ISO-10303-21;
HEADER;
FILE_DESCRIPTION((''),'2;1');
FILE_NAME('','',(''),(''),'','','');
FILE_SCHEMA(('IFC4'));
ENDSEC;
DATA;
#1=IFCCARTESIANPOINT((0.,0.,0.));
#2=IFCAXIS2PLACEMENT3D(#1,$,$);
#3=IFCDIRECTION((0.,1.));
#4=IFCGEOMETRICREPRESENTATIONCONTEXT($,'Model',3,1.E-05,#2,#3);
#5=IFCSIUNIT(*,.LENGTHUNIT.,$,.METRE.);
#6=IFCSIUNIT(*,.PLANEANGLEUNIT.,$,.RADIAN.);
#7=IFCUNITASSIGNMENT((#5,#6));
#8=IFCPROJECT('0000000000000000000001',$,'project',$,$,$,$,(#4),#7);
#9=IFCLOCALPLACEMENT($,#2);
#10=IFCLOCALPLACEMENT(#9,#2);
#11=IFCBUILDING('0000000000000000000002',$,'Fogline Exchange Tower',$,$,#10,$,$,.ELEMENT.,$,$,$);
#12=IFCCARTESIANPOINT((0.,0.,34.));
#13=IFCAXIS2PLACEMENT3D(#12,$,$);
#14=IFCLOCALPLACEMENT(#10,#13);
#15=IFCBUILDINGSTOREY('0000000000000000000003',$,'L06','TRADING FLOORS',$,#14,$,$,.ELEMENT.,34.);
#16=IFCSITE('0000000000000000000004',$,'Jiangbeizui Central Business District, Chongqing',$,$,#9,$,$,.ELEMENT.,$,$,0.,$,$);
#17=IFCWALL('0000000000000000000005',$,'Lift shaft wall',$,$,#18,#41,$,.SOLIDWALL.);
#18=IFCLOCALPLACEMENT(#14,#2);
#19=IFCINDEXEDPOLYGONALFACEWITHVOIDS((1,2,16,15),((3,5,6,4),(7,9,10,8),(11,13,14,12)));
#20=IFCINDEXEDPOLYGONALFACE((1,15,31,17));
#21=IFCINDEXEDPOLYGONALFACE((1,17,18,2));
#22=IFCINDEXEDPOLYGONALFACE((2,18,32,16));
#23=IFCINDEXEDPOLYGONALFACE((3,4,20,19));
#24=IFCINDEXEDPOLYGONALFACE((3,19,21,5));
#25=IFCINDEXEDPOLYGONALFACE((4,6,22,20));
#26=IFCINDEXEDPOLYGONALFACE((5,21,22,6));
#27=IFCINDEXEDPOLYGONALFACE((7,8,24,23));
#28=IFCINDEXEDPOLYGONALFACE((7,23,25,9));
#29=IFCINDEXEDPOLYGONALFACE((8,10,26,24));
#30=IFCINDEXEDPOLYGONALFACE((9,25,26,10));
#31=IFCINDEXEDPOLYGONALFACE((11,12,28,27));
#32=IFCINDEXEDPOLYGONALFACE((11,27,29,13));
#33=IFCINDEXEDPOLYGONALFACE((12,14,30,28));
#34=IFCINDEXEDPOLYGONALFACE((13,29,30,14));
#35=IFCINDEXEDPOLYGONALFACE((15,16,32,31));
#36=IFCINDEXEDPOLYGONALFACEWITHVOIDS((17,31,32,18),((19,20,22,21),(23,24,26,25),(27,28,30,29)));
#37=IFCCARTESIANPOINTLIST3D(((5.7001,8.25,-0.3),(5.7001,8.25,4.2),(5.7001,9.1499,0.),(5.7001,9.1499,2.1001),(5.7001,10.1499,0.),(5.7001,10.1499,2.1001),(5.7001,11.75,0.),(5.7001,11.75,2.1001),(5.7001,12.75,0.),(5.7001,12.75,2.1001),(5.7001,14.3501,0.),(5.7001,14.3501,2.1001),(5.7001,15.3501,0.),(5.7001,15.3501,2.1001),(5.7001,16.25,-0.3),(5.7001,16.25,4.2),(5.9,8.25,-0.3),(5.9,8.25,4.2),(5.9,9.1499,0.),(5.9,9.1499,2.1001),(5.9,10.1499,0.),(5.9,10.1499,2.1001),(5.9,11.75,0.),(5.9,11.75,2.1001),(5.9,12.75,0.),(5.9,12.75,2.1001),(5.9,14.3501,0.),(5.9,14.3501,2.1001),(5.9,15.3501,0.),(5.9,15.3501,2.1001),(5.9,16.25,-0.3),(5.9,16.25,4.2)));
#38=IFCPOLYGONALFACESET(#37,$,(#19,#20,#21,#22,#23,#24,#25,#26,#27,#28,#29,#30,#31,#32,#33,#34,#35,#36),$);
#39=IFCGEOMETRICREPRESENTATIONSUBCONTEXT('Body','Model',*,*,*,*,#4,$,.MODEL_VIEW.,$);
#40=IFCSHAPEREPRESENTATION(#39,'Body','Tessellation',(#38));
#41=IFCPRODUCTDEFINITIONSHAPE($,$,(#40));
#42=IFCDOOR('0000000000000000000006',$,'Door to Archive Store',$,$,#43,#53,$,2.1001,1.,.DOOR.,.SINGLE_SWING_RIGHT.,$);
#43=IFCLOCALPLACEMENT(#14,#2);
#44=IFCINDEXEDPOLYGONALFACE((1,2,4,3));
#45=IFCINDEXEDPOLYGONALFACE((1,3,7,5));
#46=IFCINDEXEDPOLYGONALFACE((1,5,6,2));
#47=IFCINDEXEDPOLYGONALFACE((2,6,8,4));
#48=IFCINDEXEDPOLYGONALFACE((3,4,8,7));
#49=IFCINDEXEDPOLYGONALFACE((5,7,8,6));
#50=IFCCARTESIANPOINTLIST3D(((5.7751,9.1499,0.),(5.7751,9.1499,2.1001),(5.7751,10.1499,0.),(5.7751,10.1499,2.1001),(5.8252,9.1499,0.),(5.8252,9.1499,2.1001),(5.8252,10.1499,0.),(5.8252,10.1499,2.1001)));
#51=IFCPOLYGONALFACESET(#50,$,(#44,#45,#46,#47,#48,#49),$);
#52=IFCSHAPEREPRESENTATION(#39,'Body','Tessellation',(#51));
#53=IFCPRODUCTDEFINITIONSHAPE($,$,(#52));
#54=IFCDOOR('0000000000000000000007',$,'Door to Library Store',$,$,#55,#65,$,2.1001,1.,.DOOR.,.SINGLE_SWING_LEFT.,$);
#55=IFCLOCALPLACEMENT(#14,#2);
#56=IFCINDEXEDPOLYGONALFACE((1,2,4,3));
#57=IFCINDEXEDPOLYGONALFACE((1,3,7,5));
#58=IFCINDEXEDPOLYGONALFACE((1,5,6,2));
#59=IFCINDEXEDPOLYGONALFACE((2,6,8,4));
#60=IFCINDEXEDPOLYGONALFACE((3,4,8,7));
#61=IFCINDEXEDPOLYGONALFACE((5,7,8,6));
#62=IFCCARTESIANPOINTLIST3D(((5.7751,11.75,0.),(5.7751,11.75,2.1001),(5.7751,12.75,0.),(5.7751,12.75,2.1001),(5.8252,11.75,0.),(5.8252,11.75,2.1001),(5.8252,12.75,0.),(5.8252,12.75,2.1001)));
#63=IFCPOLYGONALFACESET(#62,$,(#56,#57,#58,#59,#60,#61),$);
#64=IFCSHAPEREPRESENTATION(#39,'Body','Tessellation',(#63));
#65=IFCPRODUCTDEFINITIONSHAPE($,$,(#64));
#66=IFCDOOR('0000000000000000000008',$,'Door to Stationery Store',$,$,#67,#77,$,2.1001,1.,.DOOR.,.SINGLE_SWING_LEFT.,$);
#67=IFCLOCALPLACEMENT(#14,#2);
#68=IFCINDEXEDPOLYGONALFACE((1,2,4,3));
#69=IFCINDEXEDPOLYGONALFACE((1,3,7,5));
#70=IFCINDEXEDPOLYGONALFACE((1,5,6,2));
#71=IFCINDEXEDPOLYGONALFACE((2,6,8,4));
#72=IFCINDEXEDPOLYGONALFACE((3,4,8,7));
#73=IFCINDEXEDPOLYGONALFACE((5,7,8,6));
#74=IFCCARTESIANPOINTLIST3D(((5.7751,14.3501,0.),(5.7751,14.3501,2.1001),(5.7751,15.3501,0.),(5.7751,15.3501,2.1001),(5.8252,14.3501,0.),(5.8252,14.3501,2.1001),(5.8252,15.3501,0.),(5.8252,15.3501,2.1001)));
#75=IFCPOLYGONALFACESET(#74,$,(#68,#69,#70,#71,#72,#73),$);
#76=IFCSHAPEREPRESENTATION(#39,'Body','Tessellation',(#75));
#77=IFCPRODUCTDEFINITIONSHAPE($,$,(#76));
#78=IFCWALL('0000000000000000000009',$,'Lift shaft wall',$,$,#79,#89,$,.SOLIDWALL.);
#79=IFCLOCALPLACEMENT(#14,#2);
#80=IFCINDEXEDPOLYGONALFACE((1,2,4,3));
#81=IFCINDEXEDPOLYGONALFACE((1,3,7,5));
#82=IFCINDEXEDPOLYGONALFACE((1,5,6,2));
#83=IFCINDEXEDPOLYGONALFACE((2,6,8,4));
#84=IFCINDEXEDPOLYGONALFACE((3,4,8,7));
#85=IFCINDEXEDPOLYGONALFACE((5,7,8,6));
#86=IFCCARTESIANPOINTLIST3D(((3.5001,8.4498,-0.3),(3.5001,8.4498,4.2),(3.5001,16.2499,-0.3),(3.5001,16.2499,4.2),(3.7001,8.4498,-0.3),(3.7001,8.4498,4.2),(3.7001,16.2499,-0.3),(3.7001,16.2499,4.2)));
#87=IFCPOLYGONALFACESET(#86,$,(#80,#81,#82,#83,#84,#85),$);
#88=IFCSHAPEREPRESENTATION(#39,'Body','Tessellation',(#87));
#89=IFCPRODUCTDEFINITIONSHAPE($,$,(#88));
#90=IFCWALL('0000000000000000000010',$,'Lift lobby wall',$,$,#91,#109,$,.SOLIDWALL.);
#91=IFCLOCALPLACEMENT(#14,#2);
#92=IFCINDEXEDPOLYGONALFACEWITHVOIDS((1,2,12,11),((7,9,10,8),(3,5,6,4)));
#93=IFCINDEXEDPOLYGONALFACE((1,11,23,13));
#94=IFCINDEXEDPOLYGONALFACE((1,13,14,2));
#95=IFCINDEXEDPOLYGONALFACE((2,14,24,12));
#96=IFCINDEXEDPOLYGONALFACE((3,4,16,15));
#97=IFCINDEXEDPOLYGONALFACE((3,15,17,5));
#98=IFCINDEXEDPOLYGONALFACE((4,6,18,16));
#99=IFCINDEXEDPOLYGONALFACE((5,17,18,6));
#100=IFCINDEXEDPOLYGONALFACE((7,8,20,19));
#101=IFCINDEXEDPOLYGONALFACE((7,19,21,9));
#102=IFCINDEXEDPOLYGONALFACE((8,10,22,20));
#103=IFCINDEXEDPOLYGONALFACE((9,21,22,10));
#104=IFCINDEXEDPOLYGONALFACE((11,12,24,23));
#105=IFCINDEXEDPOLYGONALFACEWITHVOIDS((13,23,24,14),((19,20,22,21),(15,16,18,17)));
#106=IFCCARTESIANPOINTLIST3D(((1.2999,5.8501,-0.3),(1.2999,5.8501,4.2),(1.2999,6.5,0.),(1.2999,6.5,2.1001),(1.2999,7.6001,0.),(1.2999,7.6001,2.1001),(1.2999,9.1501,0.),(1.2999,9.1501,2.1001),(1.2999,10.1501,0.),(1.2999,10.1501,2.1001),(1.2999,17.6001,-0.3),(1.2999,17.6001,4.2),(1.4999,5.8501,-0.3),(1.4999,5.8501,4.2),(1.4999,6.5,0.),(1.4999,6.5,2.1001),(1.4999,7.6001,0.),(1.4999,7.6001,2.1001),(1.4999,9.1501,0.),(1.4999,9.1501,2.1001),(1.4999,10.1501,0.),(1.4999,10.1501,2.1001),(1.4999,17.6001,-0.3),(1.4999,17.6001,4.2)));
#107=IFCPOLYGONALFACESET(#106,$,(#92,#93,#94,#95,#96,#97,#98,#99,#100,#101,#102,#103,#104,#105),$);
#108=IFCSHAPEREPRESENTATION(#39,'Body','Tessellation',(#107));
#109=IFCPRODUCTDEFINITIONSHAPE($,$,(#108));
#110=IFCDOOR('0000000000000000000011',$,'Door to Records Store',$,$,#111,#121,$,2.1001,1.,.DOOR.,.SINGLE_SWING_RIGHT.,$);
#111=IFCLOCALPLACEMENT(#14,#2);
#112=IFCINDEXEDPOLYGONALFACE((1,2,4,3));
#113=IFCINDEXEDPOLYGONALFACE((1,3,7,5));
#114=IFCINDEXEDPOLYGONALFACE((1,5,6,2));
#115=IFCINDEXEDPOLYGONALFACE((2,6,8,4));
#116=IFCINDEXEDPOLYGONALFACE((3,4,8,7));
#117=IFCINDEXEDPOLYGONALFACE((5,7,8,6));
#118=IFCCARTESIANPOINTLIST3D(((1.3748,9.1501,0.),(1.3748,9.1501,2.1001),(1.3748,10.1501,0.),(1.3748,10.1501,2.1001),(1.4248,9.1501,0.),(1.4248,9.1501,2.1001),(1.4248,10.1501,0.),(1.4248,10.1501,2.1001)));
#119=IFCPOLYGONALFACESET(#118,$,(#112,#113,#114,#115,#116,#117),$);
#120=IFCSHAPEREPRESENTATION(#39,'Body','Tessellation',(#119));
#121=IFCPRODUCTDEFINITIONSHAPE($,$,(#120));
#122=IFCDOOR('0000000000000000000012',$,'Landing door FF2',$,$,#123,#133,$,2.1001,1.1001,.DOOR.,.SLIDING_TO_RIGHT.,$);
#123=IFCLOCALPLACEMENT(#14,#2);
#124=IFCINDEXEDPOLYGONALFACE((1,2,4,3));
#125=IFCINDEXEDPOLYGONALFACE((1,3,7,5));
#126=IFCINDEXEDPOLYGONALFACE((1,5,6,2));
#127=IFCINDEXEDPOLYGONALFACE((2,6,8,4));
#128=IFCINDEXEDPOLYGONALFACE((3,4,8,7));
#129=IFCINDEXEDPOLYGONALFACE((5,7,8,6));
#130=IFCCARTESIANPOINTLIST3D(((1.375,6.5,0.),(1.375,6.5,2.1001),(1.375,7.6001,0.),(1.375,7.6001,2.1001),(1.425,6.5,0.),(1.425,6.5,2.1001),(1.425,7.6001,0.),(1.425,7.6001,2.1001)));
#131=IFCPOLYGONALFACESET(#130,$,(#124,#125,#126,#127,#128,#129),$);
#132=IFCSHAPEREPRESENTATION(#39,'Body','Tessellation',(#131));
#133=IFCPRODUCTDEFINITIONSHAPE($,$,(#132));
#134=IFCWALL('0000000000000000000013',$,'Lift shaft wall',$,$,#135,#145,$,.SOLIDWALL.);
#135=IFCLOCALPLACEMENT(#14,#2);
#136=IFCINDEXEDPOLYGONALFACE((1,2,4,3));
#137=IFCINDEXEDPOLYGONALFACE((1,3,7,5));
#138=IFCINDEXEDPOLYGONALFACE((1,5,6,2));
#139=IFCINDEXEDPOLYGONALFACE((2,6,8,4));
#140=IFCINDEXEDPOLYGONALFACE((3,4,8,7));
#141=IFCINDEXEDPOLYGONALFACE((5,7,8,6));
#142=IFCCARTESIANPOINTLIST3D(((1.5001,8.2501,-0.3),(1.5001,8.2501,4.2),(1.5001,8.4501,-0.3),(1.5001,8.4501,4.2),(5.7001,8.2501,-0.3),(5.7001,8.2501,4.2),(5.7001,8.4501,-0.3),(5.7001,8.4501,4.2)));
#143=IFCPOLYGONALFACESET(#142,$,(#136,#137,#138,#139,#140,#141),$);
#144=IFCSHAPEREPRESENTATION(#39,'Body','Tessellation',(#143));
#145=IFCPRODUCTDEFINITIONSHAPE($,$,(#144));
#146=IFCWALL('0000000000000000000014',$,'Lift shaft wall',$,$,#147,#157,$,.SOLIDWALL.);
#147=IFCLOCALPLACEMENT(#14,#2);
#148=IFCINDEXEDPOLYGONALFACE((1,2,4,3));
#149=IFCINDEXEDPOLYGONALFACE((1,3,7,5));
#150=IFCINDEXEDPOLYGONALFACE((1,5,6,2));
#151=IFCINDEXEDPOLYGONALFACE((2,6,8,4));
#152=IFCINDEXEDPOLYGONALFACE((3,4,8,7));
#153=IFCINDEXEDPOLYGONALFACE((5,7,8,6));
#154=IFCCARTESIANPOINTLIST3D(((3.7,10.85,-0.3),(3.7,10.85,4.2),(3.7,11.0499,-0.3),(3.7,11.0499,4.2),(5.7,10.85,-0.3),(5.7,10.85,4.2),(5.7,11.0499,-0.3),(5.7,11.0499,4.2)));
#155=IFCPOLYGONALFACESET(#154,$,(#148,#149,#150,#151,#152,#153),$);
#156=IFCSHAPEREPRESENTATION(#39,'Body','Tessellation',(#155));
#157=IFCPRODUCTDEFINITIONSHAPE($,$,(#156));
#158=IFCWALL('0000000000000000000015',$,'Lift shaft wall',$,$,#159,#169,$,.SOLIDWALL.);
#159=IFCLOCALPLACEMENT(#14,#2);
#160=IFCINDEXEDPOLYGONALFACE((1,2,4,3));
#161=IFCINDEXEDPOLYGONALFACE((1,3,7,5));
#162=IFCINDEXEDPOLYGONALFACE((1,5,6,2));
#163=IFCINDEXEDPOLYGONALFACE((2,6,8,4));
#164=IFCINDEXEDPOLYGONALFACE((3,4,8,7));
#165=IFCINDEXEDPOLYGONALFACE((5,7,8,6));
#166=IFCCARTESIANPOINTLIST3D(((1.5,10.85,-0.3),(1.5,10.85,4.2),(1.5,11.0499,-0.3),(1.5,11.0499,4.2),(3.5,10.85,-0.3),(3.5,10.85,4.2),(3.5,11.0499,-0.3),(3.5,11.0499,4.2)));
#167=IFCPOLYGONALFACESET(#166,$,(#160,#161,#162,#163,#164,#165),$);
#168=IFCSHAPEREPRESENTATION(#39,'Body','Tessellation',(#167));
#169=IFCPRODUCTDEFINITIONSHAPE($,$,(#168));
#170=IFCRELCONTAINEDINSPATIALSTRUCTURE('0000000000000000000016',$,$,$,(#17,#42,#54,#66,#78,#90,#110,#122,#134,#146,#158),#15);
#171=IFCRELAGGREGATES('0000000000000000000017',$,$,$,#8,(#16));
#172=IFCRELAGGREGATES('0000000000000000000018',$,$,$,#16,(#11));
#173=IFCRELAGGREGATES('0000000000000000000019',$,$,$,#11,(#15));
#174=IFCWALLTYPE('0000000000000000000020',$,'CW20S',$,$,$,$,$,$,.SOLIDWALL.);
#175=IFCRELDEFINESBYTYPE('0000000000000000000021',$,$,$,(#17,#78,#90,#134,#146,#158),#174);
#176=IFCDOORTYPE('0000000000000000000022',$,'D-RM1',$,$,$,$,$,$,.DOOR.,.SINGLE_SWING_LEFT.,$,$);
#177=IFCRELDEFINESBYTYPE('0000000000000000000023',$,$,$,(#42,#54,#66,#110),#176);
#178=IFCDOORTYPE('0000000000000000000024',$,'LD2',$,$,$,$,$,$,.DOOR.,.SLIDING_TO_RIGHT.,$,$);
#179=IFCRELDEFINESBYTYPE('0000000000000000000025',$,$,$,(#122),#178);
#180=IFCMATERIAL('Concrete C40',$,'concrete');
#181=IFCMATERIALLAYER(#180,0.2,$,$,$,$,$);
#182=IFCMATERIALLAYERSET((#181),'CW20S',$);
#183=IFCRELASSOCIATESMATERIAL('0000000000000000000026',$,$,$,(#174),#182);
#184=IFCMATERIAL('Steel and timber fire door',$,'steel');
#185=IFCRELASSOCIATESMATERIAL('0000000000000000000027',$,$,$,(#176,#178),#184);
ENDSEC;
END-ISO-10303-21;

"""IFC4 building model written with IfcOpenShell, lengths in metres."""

from ifc_helpers import new_model, si_unit, direction, frame, frame_2d, origin, place, context, subcontext, project, spatial, rectangle, extrude, material, layer, layer_set, type_object, element, fill, save


model = new_model("IFC4")

# Units and contexts
model_context = context("Model", 3, precision=1e-05, world=origin(), true_north=direction((0.0, 1.0)))
body_context = subcontext(model_context, "Body", "Model", "MODEL_VIEW")
ifc_project = project(units=[si_unit("LENGTHUNIT", "METRE"), si_unit("PLANEANGLEUNIT", "RADIAN")], contexts=[model_context])

# Site, building, storey
site_placement = place(None, origin())
site = spatial("IfcSite", under=ifc_project, at=site_placement, Name="Jiangbeizui Central Business District, Chongqing", CompositionType="ELEMENT", RefElevation=0.0)
building_placement = place(site_placement, origin())
building = spatial("IfcBuilding", under=site, at=building_placement, Name="Fogline Exchange Tower", CompositionType="ELEMENT")
storey_placement = place(building_placement, frame((0.0, 0.0, 34.0)))
storey = spatial("IfcBuildingStorey", under=building, at=storey_placement, Name="L06", Description="TRADING FLOORS", CompositionType="ELEMENT", Elevation=34.0)

# Shared definitions
ifc_material_1 = material(Name="Concrete C40", Category="concrete")

# Wall, openings, doors
ifc_layer_1 = layer(ifc_material_1, 0.2)
ifc_layer_set_1 = layer_set([ifc_layer_1], Name="CW20S")
wall_type_1 = type_object("IfcWallType", Name="CW20S", PredefinedType="SOLIDWALL", material=ifc_layer_set_1)
wall_1_placement = place(storey_placement, frame((5.8, 8.25, -0.3), z_axis=(0.0, 0.0, 1.0), x_axis=(0.0, 1.0, 0.0)))
wall_1 = element("IfcWall", 1, at=wall_1_placement, inside=storey, type_object=wall_type_1, Name="Lift shaft wall", PredefinedType="SOLIDWALL", context=body_context, shape_type="SweptSolid", body=[
    extrude(rectangle(XDim=8.0, YDim=0.2, at=frame_2d((4.0, 0.0))), origin(), (0.0, 0.0, 1.0), 4.5),
])
opening_1_placement = place(wall_1_placement, frame((0.8999, 0.0, 0.3)))
opening_1 = element("IfcOpeningElement", 2, at=opening_1_placement, cuts=wall_1, PredefinedType="OPENING", context=body_context, shape_type="SweptSolid", body=[
    extrude(rectangle(XDim=1.0, YDim=2.1001, at=frame_2d((0.5, 1.05))), frame((0.0, 0.1099, 0.0), z_axis=(0.0, -1.0, 0.0), x_axis=(1.0, 0.0, 0.0)), (0.0, 0.0, 1.0), 0.22),
])
opening_2_placement = place(wall_1_placement, frame((3.5, 0.0, 0.3)))
opening_2 = element("IfcOpeningElement", 3, at=opening_2_placement, cuts=wall_1, PredefinedType="OPENING", context=body_context, shape_type="SweptSolid", body=[
    extrude(rectangle(XDim=1.0, YDim=2.1001, at=frame_2d((0.5, 1.05))), frame((0.0, 0.1099, 0.0), z_axis=(0.0, -1.0, 0.0), x_axis=(1.0, 0.0, 0.0)), (0.0, 0.0, 1.0), 0.22),
])
opening_3_placement = place(wall_1_placement, frame((6.1001, 0.0, 0.3)))
opening_3 = element("IfcOpeningElement", 4, at=opening_3_placement, cuts=wall_1, PredefinedType="OPENING", context=body_context, shape_type="SweptSolid", body=[
    extrude(rectangle(XDim=1.0, YDim=2.1001, at=frame_2d((0.5, 1.05))), frame((0.0, 0.1099, 0.0), z_axis=(0.0, -1.0, 0.0), x_axis=(1.0, 0.0, 0.0)), (0.0, 0.0, 1.0), 0.22),
])
ifc_material_2 = material(Name="Steel and timber fire door", Category="steel")
door_type_1 = type_object("IfcDoorType", Name="D-RM1", OperationType="SINGLE_SWING_LEFT", PredefinedType="DOOR", material=ifc_material_2)
door_1_placement = place(opening_1_placement, origin())
door_1 = element("IfcDoor", 5, at=door_1_placement, inside=storey, type_object=door_type_1, Name="Door to Archive Store", OperationType="SINGLE_SWING_RIGHT", OverallHeight=2.1001, OverallWidth=1.0, PredefinedType="DOOR", context=body_context, shape_type="SweptSolid", body=[
    extrude(rectangle(XDim=1.0, YDim=2.1001, at=frame_2d((0.5, 1.05))), frame((0.0, 0.0249, 0.0), z_axis=(0.0, -1.0, 0.0), x_axis=(1.0, 0.0, 0.0)), (0.0, 0.0, 1.0), 0.05),
])
fill(opening_1, door_1)
door_2_placement = place(opening_2_placement, origin())
door_2 = element("IfcDoor", 6, at=door_2_placement, inside=storey, type_object=door_type_1, Name="Door to Library Store", OperationType="SINGLE_SWING_LEFT", OverallHeight=2.1001, OverallWidth=1.0, PredefinedType="DOOR", context=body_context, shape_type="SweptSolid", body=[
    extrude(rectangle(XDim=1.0, YDim=2.1001, at=frame_2d((0.5, 1.05))), frame((0.0, 0.0249, 0.0), z_axis=(0.0, -1.0, 0.0), x_axis=(1.0, 0.0, 0.0)), (0.0, 0.0, 1.0), 0.05),
])
fill(opening_2, door_2)
door_3_placement = place(opening_3_placement, origin())
door_3 = element("IfcDoor", 7, at=door_3_placement, inside=storey, type_object=door_type_1, Name="Door to Stationery Store", OperationType="SINGLE_SWING_LEFT", OverallHeight=2.1001, OverallWidth=1.0, PredefinedType="DOOR", context=body_context, shape_type="SweptSolid", body=[
    extrude(rectangle(XDim=1.0, YDim=2.1001, at=frame_2d((0.5, 1.05))), frame((0.0, 0.0249, 0.0), z_axis=(0.0, -1.0, 0.0), x_axis=(1.0, 0.0, 0.0)), (0.0, 0.0, 1.0), 0.05),
])
fill(opening_3, door_3)

# Wall
wall_2_placement = place(storey_placement, frame((3.6001, 8.45, -0.3), z_axis=(0.0, 0.0, 1.0), x_axis=(0.0, 1.0, 0.0)))
element("IfcWall", 8, at=wall_2_placement, inside=storey, type_object=wall_type_1, Name="Lift shaft wall", PredefinedType="SOLIDWALL", context=body_context, shape_type="SweptSolid", body=[
    extrude(rectangle(XDim=7.8, YDim=0.2, at=frame_2d((3.8999, 0.0))), origin(), (0.0, 0.0, 1.0), 4.5),
])

# Wall, openings, doors
wall_3_placement = place(storey_placement, frame((1.3999, 5.8501, -0.3), z_axis=(0.0, 0.0, 1.0), x_axis=(0.0, 1.0, 0.0)))
wall_3 = element("IfcWall", 9, at=wall_3_placement, inside=storey, type_object=wall_type_1, Name="Lift lobby wall", PredefinedType="SOLIDWALL", context=body_context, shape_type="SweptSolid", body=[
    extrude(rectangle(XDim=11.75, YDim=0.2, at=frame_2d((5.875, 0.0))), origin(), (0.0, 0.0, 1.0), 4.5),
])
opening_4_placement = place(wall_3_placement, frame((0.6499, 0.0, 0.3)))
opening_4 = element("IfcOpeningElement", 10, at=opening_4_placement, cuts=wall_3, PredefinedType="OPENING", context=body_context, shape_type="SweptSolid", body=[
    extrude(rectangle(XDim=1.1001, YDim=2.1001, at=frame_2d((0.55, 1.05))), frame((0.0, 0.1099, 0.0), z_axis=(0.0, -1.0, 0.0), x_axis=(1.0, 0.0, 0.0)), (0.0, 0.0, 1.0), 0.22),
])
opening_5_placement = place(wall_3_placement, frame((3.3, 0.0, 0.3)))
opening_5 = element("IfcOpeningElement", 11, at=opening_5_placement, cuts=wall_3, PredefinedType="OPENING", context=body_context, shape_type="SweptSolid", body=[
    extrude(rectangle(XDim=1.0, YDim=2.1001, at=frame_2d((0.5, 1.05))), frame((0.0, 0.1099, 0.0), z_axis=(0.0, -1.0, 0.0), x_axis=(1.0, 0.0, 0.0)), (0.0, 0.0, 1.0), 0.22),
])
door_4_placement = place(opening_5_placement, frame((1.0, 0.0, 0.0), z_axis=(0.0, 0.0, 1.0), x_axis=(-1.0, 0.0, 0.0)))
door_4 = element("IfcDoor", 12, at=door_4_placement, inside=storey, type_object=door_type_1, Name="Door to Records Store", OperationType="SINGLE_SWING_RIGHT", OverallHeight=2.1001, OverallWidth=1.0, PredefinedType="DOOR", context=body_context, shape_type="SweptSolid", body=[
    extrude(rectangle(XDim=1.0, YDim=2.1001, at=frame_2d((0.5, 1.05))), frame((0.0, 0.0249, 0.0), z_axis=(0.0, -1.0, 0.0), x_axis=(1.0, 0.0, 0.0)), (0.0, 0.0, 1.0), 0.05),
])
fill(opening_5, door_4)
door_type_2 = type_object("IfcDoorType", Name="LD2", OperationType="SLIDING_TO_RIGHT", PredefinedType="DOOR", material=ifc_material_2)
door_5_placement = place(opening_4_placement, origin())
door_5 = element("IfcDoor", 13, at=door_5_placement, inside=storey, type_object=door_type_2, Name="Landing door FF2", OperationType="SLIDING_TO_RIGHT", OverallHeight=2.1001, OverallWidth=1.1001, PredefinedType="DOOR", context=body_context, shape_type="SweptSolid", body=[
    extrude(rectangle(XDim=1.1001, YDim=2.1001, at=frame_2d((0.55, 1.05))), frame((0.0, 0.0249, 0.0), z_axis=(0.0, -1.0, 0.0), x_axis=(1.0, 0.0, 0.0)), (0.0, 0.0, 1.0), 0.05),
])
fill(opening_4, door_5)

# Walls
wall_4_placement = place(storey_placement, frame((1.5, 8.3501, -0.3), z_axis=(0.0, 0.0, 1.0), x_axis=(1.0, 0.0, 0.0)))
element("IfcWall", 14, at=wall_4_placement, inside=storey, type_object=wall_type_1, Name="Lift shaft wall", PredefinedType="SOLIDWALL", context=body_context, shape_type="SweptSolid", body=[
    extrude(rectangle(XDim=4.2, YDim=0.2, at=frame_2d((2.1001, 0.0))), origin(), (0.0, 0.0, 1.0), 4.5),
])
for number, where, z_axis, x_axis, name in (
    (15, (3.7, 10.95, -0.3), (0.0, 0.0, 1.0), (1.0, 0.0, 0.0), "Lift shaft wall"),
    (16, (1.5, 10.95, -0.3), (0.0, 0.0, 1.0), (1.0, 0.0, 0.0), "Lift shaft wall"),
):
    element("IfcWall", number, at=place(storey_placement, frame(where, z_axis=z_axis, x_axis=x_axis)), inside=storey, type_object=wall_type_1, Name=name, PredefinedType="SOLIDWALL", context=body_context, shape_type="SweptSolid", body=[
        extrude(rectangle(XDim=2.0, YDim=0.2, at=frame_2d((1.0, 0.0))), origin(), (0.0, 0.0, 1.0), 4.5),
    ])

save(model, "model.ifc")
